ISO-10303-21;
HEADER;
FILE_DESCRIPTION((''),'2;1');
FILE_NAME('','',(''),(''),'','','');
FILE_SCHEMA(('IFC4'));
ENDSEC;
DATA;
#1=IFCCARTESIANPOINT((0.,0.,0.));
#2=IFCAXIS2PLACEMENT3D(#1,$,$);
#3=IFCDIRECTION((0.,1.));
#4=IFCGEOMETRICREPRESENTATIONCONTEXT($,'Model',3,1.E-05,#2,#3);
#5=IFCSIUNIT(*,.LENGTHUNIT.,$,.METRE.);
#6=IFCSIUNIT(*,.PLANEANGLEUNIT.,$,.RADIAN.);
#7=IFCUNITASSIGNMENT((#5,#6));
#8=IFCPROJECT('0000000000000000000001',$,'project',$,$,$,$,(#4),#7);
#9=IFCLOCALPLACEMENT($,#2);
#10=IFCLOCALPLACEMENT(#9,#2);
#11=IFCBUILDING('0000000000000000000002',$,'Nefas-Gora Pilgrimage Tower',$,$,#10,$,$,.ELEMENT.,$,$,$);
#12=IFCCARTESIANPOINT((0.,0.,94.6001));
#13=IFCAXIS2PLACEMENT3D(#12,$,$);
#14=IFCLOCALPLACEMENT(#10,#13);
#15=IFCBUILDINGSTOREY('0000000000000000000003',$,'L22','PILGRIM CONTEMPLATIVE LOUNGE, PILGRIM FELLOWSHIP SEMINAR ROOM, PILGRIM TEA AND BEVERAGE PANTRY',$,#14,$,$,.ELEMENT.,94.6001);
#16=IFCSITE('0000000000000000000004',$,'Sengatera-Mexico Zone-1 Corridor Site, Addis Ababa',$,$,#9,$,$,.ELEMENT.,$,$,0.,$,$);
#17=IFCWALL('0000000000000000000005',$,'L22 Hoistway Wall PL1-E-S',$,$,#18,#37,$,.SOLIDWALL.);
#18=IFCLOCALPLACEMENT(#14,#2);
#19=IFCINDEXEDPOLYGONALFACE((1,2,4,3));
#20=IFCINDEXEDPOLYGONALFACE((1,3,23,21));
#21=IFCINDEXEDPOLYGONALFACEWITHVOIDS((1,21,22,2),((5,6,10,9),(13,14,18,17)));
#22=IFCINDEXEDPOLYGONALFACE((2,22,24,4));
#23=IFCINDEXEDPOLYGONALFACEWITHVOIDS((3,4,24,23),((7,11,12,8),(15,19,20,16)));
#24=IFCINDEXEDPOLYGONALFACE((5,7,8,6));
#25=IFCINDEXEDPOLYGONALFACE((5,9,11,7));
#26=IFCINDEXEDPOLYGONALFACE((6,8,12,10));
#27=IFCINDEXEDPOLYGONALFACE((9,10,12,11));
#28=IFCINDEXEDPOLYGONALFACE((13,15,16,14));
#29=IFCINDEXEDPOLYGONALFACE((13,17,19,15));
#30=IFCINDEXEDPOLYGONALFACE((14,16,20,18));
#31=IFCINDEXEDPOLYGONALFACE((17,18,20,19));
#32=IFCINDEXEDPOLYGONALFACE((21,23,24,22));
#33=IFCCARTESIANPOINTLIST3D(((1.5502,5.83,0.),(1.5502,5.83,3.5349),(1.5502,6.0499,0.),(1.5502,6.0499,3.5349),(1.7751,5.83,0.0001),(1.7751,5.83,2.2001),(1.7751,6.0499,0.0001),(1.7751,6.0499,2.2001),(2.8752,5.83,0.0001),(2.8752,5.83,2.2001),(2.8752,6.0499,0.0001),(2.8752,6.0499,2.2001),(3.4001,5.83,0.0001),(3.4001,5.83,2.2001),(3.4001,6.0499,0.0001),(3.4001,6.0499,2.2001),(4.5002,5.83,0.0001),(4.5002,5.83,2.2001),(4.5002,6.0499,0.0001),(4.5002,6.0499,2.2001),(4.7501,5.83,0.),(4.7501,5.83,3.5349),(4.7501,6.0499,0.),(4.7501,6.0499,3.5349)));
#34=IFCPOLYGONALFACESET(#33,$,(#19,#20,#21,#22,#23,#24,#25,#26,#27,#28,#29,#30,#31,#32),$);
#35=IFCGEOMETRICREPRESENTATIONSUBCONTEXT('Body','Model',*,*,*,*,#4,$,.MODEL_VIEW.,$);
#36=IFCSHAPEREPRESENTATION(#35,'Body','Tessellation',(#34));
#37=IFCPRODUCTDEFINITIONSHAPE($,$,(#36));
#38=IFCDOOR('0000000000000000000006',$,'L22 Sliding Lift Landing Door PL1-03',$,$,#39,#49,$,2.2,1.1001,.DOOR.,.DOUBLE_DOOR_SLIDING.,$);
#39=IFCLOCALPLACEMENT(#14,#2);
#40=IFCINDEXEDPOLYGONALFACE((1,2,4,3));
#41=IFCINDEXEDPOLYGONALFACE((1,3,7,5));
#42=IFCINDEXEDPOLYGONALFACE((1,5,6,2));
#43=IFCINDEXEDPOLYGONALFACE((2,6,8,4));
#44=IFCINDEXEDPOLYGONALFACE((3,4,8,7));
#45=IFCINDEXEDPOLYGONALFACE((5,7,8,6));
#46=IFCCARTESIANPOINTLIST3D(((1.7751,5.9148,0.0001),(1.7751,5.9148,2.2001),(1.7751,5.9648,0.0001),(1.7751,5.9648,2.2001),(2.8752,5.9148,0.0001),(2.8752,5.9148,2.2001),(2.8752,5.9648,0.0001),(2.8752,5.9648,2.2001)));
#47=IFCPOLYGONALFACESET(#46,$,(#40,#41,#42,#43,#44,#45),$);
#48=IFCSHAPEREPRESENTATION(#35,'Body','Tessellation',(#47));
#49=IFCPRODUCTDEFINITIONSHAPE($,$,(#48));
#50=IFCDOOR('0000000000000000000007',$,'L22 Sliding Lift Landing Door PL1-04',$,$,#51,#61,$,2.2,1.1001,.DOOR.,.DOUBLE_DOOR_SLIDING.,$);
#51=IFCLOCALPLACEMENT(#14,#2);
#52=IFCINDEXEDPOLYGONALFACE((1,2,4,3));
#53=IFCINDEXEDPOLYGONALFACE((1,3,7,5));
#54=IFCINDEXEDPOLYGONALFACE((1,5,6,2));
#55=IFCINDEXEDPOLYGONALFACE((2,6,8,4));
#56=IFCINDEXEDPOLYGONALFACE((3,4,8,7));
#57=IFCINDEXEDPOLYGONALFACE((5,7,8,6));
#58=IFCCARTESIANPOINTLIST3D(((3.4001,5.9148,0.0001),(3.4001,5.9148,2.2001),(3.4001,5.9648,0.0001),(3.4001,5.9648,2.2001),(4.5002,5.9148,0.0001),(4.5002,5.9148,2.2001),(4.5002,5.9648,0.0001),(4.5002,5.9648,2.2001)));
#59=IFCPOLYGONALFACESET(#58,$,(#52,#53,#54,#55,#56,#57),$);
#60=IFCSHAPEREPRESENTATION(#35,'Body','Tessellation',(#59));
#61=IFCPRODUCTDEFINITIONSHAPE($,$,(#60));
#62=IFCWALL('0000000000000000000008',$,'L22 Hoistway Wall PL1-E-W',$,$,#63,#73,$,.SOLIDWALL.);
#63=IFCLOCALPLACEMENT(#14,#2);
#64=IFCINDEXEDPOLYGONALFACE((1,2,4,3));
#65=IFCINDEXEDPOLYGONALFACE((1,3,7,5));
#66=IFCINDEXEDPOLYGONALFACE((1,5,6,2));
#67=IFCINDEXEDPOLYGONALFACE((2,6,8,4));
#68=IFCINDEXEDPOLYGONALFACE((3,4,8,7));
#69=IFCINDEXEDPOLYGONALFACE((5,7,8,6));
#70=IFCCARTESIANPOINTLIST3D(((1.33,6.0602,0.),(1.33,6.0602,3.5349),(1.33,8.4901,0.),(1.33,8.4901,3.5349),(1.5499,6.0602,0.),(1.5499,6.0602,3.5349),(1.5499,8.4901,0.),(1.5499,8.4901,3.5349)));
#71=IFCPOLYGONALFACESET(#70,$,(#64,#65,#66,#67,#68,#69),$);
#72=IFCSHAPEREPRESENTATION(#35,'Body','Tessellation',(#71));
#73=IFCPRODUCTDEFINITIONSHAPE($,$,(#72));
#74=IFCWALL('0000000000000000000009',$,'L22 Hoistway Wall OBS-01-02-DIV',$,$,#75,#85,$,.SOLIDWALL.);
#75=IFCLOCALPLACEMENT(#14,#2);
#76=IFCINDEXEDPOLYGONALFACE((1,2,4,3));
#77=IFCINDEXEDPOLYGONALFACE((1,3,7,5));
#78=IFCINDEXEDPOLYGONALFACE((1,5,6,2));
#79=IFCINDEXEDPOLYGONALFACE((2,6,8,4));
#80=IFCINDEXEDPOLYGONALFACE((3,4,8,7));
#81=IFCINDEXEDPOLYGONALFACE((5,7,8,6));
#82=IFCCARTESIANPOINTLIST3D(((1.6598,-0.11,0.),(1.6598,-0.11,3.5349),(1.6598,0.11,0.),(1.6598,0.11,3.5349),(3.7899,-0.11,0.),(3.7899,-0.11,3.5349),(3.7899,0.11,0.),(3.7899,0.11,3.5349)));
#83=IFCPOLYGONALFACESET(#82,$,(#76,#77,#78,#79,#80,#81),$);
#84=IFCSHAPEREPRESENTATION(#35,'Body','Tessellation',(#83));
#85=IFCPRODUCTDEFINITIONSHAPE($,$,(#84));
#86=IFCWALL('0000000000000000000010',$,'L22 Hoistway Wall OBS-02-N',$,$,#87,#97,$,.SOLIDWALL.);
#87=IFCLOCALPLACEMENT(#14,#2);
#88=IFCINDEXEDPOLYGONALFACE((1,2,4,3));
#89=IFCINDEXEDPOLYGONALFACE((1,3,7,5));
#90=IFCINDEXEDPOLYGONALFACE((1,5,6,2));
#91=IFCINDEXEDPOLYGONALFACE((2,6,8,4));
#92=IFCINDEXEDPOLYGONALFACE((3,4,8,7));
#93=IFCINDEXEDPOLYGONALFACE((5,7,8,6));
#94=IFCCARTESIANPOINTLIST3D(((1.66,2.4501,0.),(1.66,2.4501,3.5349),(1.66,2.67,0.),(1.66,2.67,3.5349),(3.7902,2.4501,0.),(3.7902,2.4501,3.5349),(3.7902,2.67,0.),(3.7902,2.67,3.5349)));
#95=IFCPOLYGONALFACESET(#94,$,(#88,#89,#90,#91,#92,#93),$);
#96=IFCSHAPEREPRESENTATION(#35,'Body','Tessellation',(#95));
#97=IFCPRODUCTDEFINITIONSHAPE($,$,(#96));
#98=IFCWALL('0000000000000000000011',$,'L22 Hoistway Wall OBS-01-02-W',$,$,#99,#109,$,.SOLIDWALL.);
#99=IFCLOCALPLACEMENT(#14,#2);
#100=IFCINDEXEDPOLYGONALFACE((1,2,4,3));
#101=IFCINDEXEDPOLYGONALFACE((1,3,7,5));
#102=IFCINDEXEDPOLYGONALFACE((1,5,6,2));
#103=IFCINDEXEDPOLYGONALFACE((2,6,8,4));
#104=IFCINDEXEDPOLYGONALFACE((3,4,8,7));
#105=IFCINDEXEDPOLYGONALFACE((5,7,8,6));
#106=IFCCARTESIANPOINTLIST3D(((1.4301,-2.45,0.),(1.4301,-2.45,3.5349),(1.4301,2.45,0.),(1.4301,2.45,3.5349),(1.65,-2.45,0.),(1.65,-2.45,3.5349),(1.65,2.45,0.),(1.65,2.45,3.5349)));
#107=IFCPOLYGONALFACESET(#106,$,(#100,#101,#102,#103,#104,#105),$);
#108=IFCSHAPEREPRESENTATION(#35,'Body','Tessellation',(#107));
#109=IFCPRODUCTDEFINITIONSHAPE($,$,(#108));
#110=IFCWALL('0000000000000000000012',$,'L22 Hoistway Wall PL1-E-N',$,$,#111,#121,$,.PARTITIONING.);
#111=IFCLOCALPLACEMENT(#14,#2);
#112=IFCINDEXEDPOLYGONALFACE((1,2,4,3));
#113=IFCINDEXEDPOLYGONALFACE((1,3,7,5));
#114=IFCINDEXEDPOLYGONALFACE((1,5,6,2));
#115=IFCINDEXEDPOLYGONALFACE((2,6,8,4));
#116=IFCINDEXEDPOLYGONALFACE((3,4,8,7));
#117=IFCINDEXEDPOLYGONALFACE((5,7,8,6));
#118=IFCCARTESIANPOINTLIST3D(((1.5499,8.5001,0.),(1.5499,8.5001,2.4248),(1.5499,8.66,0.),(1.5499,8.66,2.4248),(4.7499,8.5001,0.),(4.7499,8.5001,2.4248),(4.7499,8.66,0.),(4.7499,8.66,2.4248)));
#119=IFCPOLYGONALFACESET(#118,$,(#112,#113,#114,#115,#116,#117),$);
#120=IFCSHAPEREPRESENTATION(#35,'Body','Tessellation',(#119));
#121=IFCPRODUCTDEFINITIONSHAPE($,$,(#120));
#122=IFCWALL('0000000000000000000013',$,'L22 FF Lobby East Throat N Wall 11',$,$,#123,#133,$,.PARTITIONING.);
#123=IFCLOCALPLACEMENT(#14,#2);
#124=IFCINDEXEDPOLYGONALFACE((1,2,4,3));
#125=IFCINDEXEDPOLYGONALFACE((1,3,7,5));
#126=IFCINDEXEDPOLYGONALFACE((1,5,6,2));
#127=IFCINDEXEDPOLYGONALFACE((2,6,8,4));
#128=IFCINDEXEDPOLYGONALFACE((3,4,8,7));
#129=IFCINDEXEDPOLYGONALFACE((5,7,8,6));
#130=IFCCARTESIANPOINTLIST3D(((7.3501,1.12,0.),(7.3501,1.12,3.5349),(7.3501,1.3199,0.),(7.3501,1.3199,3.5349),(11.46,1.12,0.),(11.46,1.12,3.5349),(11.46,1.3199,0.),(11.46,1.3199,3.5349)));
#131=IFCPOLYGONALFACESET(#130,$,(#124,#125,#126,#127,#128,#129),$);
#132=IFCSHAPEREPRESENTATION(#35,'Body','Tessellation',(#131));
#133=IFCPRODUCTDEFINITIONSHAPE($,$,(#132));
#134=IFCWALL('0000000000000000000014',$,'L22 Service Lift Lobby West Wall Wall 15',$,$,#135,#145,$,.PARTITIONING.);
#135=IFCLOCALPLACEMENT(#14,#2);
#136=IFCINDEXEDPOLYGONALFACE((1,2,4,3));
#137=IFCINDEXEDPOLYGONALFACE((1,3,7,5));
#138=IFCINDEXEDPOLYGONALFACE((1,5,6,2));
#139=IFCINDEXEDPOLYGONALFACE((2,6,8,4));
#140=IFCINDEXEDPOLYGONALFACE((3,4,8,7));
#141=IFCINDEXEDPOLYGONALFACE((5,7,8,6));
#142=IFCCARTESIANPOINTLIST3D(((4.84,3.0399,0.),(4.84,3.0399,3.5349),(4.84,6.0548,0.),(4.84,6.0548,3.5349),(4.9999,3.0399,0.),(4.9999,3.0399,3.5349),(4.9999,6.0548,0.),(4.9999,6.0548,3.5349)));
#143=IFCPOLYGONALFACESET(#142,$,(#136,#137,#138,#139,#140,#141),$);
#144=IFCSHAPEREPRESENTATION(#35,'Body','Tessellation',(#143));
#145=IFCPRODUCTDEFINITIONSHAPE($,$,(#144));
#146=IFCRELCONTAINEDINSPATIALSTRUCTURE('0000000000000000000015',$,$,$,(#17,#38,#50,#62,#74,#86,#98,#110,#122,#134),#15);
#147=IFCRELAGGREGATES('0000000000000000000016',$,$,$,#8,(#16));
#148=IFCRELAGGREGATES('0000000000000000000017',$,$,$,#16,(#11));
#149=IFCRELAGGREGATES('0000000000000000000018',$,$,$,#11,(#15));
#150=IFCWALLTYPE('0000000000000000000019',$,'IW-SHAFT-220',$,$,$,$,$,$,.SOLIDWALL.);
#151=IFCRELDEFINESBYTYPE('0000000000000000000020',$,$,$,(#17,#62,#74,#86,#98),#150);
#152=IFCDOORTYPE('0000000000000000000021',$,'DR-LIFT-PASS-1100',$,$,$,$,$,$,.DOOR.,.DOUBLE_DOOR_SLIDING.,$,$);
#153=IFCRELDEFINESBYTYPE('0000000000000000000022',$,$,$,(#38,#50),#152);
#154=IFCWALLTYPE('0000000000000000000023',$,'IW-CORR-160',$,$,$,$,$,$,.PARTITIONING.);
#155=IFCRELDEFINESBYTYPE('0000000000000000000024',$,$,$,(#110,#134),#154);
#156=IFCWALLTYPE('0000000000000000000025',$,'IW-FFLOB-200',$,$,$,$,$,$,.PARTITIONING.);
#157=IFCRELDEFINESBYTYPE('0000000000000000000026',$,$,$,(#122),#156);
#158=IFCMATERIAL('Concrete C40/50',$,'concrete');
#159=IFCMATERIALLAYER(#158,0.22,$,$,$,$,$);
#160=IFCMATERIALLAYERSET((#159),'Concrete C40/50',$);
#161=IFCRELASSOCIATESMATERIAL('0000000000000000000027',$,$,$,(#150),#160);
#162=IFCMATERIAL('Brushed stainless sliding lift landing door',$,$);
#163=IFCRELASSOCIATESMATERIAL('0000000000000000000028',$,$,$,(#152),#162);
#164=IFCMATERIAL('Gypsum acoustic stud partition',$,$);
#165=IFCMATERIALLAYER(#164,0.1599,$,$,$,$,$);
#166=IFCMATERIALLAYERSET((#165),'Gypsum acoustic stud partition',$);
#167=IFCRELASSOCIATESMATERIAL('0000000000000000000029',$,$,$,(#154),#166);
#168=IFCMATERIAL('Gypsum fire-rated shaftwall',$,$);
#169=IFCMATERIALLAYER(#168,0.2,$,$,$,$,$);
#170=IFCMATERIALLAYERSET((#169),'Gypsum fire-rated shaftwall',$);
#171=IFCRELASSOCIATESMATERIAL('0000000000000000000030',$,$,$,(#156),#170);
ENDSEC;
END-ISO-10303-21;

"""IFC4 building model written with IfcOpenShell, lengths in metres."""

from ifc_helpers import new_model, si_unit, direction, frame, frame_2d, origin, place, context, subcontext, project, spatial, rectangle, extrude, source, transform, mapped, material, layer, layer_set, type_object, element, fill, save


model = new_model("IFC4")

# Units and contexts
model_context = context("Model", 3, precision=1e-05, world=origin(), true_north=direction((0.0, 1.0)))
body_context = subcontext(model_context, "Body", "Model", "MODEL_VIEW")
ifc_project = project(units=[si_unit("LENGTHUNIT", "METRE"), si_unit("PLANEANGLEUNIT", "RADIAN")], contexts=[model_context])

# Site, building, storey
site_placement = place(None, origin())
site = spatial("IfcSite", under=ifc_project, at=site_placement, Name="Sengatera-Mexico Zone-1 Corridor Site, Addis Ababa", CompositionType="ELEMENT", RefElevation=0.0)
building_placement = place(site_placement, origin())
building = spatial("IfcBuilding", under=site, at=building_placement, Name="Nefas-Gora Pilgrimage Tower", CompositionType="ELEMENT")
storey_placement = place(building_placement, frame((0.0, 0.0, 94.6001)))
storey = spatial("IfcBuildingStorey", under=building, at=storey_placement, Name="L22", Description="PILGRIM CONTEMPLATIVE LOUNGE, PILGRIM FELLOWSHIP SEMINAR ROOM, PILGRIM TEA AND BEVERAGE PANTRY", CompositionType="ELEMENT", Elevation=94.6001)

# Wall, openings, doors
ifc_material_1 = material(Name="Concrete C40/50", Category="concrete")
ifc_layer_1 = layer(ifc_material_1, 0.22)
ifc_layer_set_1 = layer_set([ifc_layer_1], Name="Concrete C40/50")
wall_type_1 = type_object("IfcWallType", Name="IW-SHAFT-220", PredefinedType="SOLIDWALL", material=ifc_layer_set_1)
shared_shape_1 = source(origin(), body_context, "Body", "SweptSolid", [
    extrude(rectangle(XDim=3.2, YDim=0.22, at=frame_2d((1.6001, 0.0))), origin(), (0.0, 0.0, 1.0), 3.5349),
])
wall_1_placement = place(storey_placement, frame((1.55, 5.9399, 0.0), z_axis=(0.0, 0.0, 1.0), x_axis=(1.0, 0.0, 0.0)))
wall_1 = element("IfcWall", 1, at=wall_1_placement, inside=storey, type_object=wall_type_1, Name="L22 Hoistway Wall PL1-E-S", PredefinedType="SOLIDWALL", context=body_context, shape_type="MappedRepresentation", body=[
    mapped(shared_shape_1, transform((0.0, 0.0, 0.0), x_axis=(1.0, 0.0, 0.0), y_axis=(0.0, 1.0, 0.0), z_axis=(0.0, 0.0, 1.0), scale=1.0)),
])
opening_1_placement = place(wall_1_placement, frame((0.2251, 0.0, 0.0)))
opening_1 = element("IfcOpeningElement", 2, at=opening_1_placement, cuts=wall_1, PredefinedType="OPENING", context=body_context, shape_type="SweptSolid", body=[
    extrude(rectangle(XDim=1.1001, YDim=2.2, at=frame_2d((0.55, 1.1001))), frame((0.0, 0.1199, 0.0), z_axis=(0.0, -1.0, 0.0), x_axis=(1.0, 0.0, 0.0)), (0.0, 0.0, 1.0), 0.24),
])
opening_2_placement = place(wall_1_placement, frame((1.8501, 0.0, 0.0)))
opening_2 = element("IfcOpeningElement", 3, at=opening_2_placement, cuts=wall_1, PredefinedType="OPENING", context=body_context, shape_type="SweptSolid", body=[
    extrude(rectangle(XDim=1.1001, YDim=2.2, at=frame_2d((0.55, 1.1001))), frame((0.0, 0.1199, 0.0), z_axis=(0.0, -1.0, 0.0), x_axis=(1.0, 0.0, 0.0)), (0.0, 0.0, 1.0), 0.24),
])
ifc_material_2 = material(Name="Brushed stainless sliding lift landing door")
door_type_1 = type_object("IfcDoorType", Name="DR-LIFT-PASS-1100", OperationType="DOUBLE_DOOR_SLIDING", PredefinedType="DOOR", material=ifc_material_2)
shared_shape_2 = source(origin(), body_context, "Body", "SweptSolid", [
    extrude(rectangle(XDim=1.1001, YDim=2.2, at=frame_2d((0.55, 1.1001))), frame((0.0, 0.0249, 0.0), z_axis=(0.0, -1.0, 0.0), x_axis=(1.0, 0.0, 0.0)), (0.0, 0.0, 1.0), 0.05),
])
door_1_placement = place(opening_1_placement, origin())
door_1 = element("IfcDoor", 4, at=door_1_placement, inside=storey, type_object=door_type_1, Name="L22 Sliding Lift Landing Door PL1-03", OperationType="DOUBLE_DOOR_SLIDING", OverallHeight=2.2, OverallWidth=1.1001, PredefinedType="DOOR", context=body_context, shape_type="MappedRepresentation", body=[
    mapped(shared_shape_2, transform((0.0, 0.0, 0.0), x_axis=(1.0, 0.0, 0.0), y_axis=(0.0, 1.0, 0.0), z_axis=(0.0, 0.0, 1.0), scale=1.0)),
])
fill(opening_1, door_1)
door_2_placement = place(opening_2_placement, origin())
door_2 = element("IfcDoor", 5, at=door_2_placement, inside=storey, type_object=door_type_1, Name="L22 Sliding Lift Landing Door PL1-04", OperationType="DOUBLE_DOOR_SLIDING", OverallHeight=2.2, OverallWidth=1.1001, PredefinedType="DOOR", context=body_context, shape_type="MappedRepresentation", body=[
    mapped(shared_shape_2, transform((0.0, 0.0, 0.0), x_axis=(1.0, 0.0, 0.0), y_axis=(0.0, 1.0, 0.0), z_axis=(0.0, 0.0, 1.0), scale=1.0)),
])
fill(opening_2, door_2)

# Walls
shared_shape_3 = source(origin(), body_context, "Body", "SweptSolid", [
    extrude(rectangle(XDim=2.4299, YDim=0.22, at=frame_2d((1.2148, 0.0))), origin(), (0.0, 0.0, 1.0), 3.5349),
])
for number, where, z_axis, x_axis, name in (
    (6, (1.4399, 8.49, 0.0), (0.0, 0.0, 1.0), (0.0, -1.0, 0.0), "L22 Hoistway Wall PL1-E-W"),
):
    element("IfcWall", number, at=place(storey_placement, frame(where, z_axis=z_axis, x_axis=x_axis)), inside=storey, type_object=wall_type_1, Name=name, PredefinedType="SOLIDWALL", context=body_context, shape_type="MappedRepresentation", body=[
        mapped(shared_shape_3, transform((0.0, 0.0, 0.0), x_axis=(1.0, 0.0, 0.0), y_axis=(0.0, 1.0, 0.0), z_axis=(0.0, 0.0, 1.0), scale=1.0)),
    ])
shared_shape_4 = source(origin(), body_context, "Body", "SweptSolid", [
    extrude(rectangle(XDim=2.1301, YDim=0.22, at=frame_2d((1.0649, 0.0))), origin(), (0.0, 0.0, 1.0), 3.5349),
])
for number, where, z_axis, x_axis, name in (
    (7, (1.6599, 0.0, 0.0), (0.0, 0.0, 1.0), (1.0, 0.0, 0.0), "L22 Hoistway Wall OBS-01-02-DIV"),
    (8, (3.79, 2.5601, 0.0), (0.0, 0.0, 1.0), (-1.0, 0.0, 0.0), "L22 Hoistway Wall OBS-02-N"),
):
    element("IfcWall", number, at=place(storey_placement, frame(where, z_axis=z_axis, x_axis=x_axis)), inside=storey, type_object=wall_type_1, Name=name, PredefinedType="SOLIDWALL", context=body_context, shape_type="MappedRepresentation", body=[
        mapped(shared_shape_4, transform((0.0, 0.0, 0.0), x_axis=(1.0, 0.0, 0.0), y_axis=(0.0, 1.0, 0.0), z_axis=(0.0, 0.0, 1.0), scale=1.0)),
    ])
shared_shape_5 = source(origin(), body_context, "Body", "SweptSolid", [
    extrude(rectangle(XDim=4.8999, YDim=0.22, at=frame_2d((2.45, 0.0))), origin(), (0.0, 0.0, 1.0), 3.5349),
])
wall_2_placement = place(storey_placement, frame((1.54, 2.45, 0.0), z_axis=(0.0, 0.0, 1.0), x_axis=(0.0, -1.0, 0.0)))
element("IfcWall", 9, at=wall_2_placement, inside=storey, type_object=wall_type_1, Name="L22 Hoistway Wall OBS-01-02-W", PredefinedType="SOLIDWALL", context=body_context, shape_type="MappedRepresentation", body=[
    mapped(shared_shape_5, transform((0.0, 0.0, 0.0), x_axis=(1.0, 0.0, 0.0), y_axis=(0.0, 1.0, 0.0), z_axis=(0.0, 0.0, 1.0), scale=1.0)),
])
ifc_material_3 = material(Name="Gypsum acoustic stud partition")
ifc_layer_2 = layer(ifc_material_3, 0.1599)
ifc_layer_set_2 = layer_set([ifc_layer_2], Name="Gypsum acoustic stud partition")
wall_type_2 = type_object("IfcWallType", Name="IW-CORR-160", PredefinedType="PARTITIONING", material=ifc_layer_set_2)
shared_shape_6 = source(origin(), body_context, "Body", "SweptSolid", [
    extrude(rectangle(XDim=3.2, YDim=0.1599, at=frame_2d((1.6001, 0.0))), origin(), (0.0, 0.0, 1.0), 2.4248),
])
wall_3_placement = place(storey_placement, frame((4.75, 8.5801, 0.0), z_axis=(0.0, 0.0, 1.0), x_axis=(-1.0, 0.0, 0.0)))
element("IfcWall", 10, at=wall_3_placement, inside=storey, type_object=wall_type_2, Name="L22 Hoistway Wall PL1-E-N", PredefinedType="PARTITIONING", context=body_context, shape_type="MappedRepresentation", body=[
    mapped(shared_shape_6, transform((0.0, 0.0, 0.0), x_axis=(1.0, 0.0, 0.0), y_axis=(0.0, 1.0, 0.0), z_axis=(0.0, 0.0, 1.0), scale=1.0)),
])

# Shared definitions
ifc_material_4 = material(Name="Gypsum fire-rated shaftwall")
ifc_layer_3 = layer(ifc_material_4, 0.2)
ifc_layer_set_3 = layer_set([ifc_layer_3], Name="Gypsum fire-rated shaftwall")
wall_type_3 = type_object("IfcWallType", Name="IW-FFLOB-200", PredefinedType="PARTITIONING", material=ifc_layer_set_3)

# Walls
shared_shape_7 = source(origin(), body_context, "Body", "SweptSolid", [
    extrude(rectangle(XDim=4.1099, YDim=0.2, at=frame_2d((2.0549, 0.0))), origin(), (0.0, 0.0, 1.0), 3.5349),
])
wall_4_placement = place(storey_placement, frame((7.3501, 1.22, 0.0), z_axis=(0.0, 0.0, 1.0), x_axis=(1.0, 0.0, 0.0)))
element("IfcWall", 11, at=wall_4_placement, inside=storey, type_object=wall_type_3, Name="L22 FF Lobby East Throat N Wall 11", PredefinedType="PARTITIONING", context=body_context, shape_type="MappedRepresentation", body=[
    mapped(shared_shape_7, transform((0.0, 0.0, 0.0), x_axis=(1.0, 0.0, 0.0), y_axis=(0.0, 1.0, 0.0), z_axis=(0.0, 0.0, 1.0), scale=1.0)),
])
shared_shape_8 = source(origin(), body_context, "Body", "SweptSolid", [
    extrude(rectangle(XDim=3.0149, YDim=0.1599, at=frame_2d((1.5073, 0.0))), origin(), (0.0, 0.0, 1.0), 3.5349),
])
wall_5_placement = place(storey_placement, frame((4.9199, 3.04, 0.0), z_axis=(0.0, 0.0, 1.0), x_axis=(0.0, 1.0, 0.0)))
element("IfcWall", 12, at=wall_5_placement, inside=storey, type_object=wall_type_2, Name="L22 Service Lift Lobby West Wall Wall 15", PredefinedType="PARTITIONING", context=body_context, shape_type="MappedRepresentation", body=[
    mapped(shared_shape_8, transform((0.0, 0.0, 0.0), x_axis=(1.0, 0.0, 0.0), y_axis=(0.0, 1.0, 0.0), z_axis=(0.0, 0.0, 1.0), scale=1.0)),
])

save(model, "model.ifc")
